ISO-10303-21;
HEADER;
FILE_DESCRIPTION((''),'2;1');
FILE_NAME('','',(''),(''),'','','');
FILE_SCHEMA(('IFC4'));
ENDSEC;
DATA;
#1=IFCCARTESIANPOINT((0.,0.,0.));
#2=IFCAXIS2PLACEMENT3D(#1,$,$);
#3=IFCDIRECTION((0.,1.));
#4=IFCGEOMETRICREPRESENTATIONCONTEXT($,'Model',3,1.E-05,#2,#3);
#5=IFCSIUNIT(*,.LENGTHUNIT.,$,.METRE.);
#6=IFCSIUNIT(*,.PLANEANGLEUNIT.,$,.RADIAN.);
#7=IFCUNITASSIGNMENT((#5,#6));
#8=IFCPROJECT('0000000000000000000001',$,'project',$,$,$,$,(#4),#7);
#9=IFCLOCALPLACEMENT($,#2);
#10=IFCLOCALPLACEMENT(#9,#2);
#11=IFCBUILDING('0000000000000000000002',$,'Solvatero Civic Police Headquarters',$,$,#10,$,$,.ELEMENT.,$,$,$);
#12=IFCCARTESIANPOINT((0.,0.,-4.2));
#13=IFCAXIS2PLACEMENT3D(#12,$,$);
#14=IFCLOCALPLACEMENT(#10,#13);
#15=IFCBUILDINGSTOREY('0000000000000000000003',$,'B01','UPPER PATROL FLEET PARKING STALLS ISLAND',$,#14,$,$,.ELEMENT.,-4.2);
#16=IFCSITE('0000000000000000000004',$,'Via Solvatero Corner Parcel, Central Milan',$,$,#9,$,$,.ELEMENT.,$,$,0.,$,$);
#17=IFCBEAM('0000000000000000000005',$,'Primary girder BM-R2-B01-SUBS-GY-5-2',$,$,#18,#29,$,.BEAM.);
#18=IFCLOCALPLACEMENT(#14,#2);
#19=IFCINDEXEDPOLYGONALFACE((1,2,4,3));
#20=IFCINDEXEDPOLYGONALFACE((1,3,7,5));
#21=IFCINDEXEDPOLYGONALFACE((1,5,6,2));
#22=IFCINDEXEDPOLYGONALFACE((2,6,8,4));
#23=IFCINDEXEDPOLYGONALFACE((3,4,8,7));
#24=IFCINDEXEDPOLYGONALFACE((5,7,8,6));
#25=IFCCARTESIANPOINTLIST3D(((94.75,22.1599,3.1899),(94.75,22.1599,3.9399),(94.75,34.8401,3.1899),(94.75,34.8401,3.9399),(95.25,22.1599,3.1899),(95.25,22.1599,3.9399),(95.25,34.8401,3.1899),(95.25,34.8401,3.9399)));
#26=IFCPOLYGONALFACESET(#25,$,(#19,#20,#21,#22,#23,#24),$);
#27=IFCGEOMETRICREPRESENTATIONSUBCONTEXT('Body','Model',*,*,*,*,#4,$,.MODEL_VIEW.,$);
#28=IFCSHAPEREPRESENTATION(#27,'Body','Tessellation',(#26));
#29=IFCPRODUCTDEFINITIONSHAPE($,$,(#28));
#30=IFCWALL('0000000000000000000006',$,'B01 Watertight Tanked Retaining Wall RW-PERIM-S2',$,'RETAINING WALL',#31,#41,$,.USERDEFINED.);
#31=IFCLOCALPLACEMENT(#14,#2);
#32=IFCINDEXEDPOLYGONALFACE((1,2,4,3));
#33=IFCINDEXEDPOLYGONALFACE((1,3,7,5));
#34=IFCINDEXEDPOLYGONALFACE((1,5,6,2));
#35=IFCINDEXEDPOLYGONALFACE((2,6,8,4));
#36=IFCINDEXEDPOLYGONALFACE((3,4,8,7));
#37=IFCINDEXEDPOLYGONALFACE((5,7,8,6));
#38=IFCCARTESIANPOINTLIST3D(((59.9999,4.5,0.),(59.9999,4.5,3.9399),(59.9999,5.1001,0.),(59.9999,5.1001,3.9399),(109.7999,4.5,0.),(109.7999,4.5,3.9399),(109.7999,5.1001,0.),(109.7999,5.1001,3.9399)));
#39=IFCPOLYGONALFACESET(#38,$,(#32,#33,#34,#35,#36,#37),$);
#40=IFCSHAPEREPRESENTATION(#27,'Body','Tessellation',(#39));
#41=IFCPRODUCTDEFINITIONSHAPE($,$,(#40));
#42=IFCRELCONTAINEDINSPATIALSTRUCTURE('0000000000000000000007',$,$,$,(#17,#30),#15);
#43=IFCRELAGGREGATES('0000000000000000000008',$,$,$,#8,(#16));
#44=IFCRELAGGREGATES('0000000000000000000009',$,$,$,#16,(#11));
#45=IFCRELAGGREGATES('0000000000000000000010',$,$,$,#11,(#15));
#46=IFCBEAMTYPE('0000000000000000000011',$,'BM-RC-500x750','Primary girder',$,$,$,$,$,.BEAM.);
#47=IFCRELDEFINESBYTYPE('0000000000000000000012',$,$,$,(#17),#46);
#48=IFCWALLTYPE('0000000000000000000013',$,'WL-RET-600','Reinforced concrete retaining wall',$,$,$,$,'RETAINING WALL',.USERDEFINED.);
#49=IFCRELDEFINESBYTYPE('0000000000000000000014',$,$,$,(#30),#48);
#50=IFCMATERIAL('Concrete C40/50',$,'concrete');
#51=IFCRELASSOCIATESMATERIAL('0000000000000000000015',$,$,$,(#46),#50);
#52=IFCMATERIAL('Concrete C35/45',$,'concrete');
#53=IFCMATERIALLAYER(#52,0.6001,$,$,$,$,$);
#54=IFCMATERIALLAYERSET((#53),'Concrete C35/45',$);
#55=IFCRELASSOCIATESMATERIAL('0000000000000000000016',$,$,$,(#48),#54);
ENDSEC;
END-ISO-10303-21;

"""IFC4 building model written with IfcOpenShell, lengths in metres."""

from ifc_helpers import new_model, si_unit, direction, frame, frame_2d, origin, origin_2d, place, context, subcontext, project, spatial, rectangle, extrude, material, layer, layer_set, material_profile, profile_set, type_object, element, save


model = new_model("IFC4")

# Units and contexts
model_context = context("Model", 3, precision=1e-05, world=origin(), true_north=direction((0.0, 1.0)))
body_context = subcontext(model_context, "Body", "Model", "MODEL_VIEW")
ifc_project = project(units=[si_unit("LENGTHUNIT", "METRE"), si_unit("PLANEANGLEUNIT", "RADIAN")], contexts=[model_context])

# Site, building, storey
site_placement = place(None, origin())
site = spatial("IfcSite", under=ifc_project, at=site_placement, Name="Via Solvatero Corner Parcel, Central Milan", CompositionType="ELEMENT", RefElevation=0.0)
building_placement = place(site_placement, origin())
building = spatial("IfcBuilding", under=site, at=building_placement, Name="Solvatero Civic Police Headquarters", CompositionType="ELEMENT")
storey_placement = place(building_placement, frame((0.0, 0.0, -4.2)))
storey = spatial("IfcBuildingStorey", under=building, at=storey_placement, Name="B01", Description="UPPER PATROL FLEET PARKING STALLS ISLAND", CompositionType="ELEMENT", Elevation=-4.2)

# Shared definitions
ifc_material_1 = material(Name="Concrete C40/50", Category="concrete")

# Beam
ifc_material_profile_1 = material_profile(ifc_material_1, rectangle(XDim=0.5, YDim=0.75, at=origin_2d()), Name="RC 500x750")
ifc_profile_set_1 = profile_set([ifc_material_profile_1], Name="Concrete C40/50")
beam_type_1 = type_object("IfcBeamType", Name="BM-RC-500x750", Description="Primary girder", PredefinedType="BEAM", material=ifc_profile_set_1)
beam_1_placement = place(storey_placement, frame((95.0, 22.1599, 3.5649), z_axis=(0.0, 1.0, 0.0), x_axis=(-1.0, 0.0, 0.0)))
element("IfcBeam", 1, at=beam_1_placement, inside=storey, type_object=beam_type_1, Name="Primary girder BM-R2-B01-SUBS-GY-5-2", PredefinedType="BEAM", context=body_context, shape_type="SweptSolid", body=[
    extrude(rectangle(XDim=0.5, YDim=0.75, at=origin_2d()), origin(), (0.0, 0.0, 1.0), 12.6802),
])

# Wall
ifc_material_2 = material(Name="Concrete C35/45", Category="concrete")
ifc_layer = layer(ifc_material_2, 0.6001)
ifc_layer_set = layer_set([ifc_layer], Name="Concrete C35/45")
wall_type = type_object("IfcWallType", Name="WL-RET-600", Description="Reinforced concrete retaining wall", ElementType="RETAINING WALL", PredefinedType="USERDEFINED", material=ifc_layer_set)
wall_placement = place(storey_placement, frame((60.0, 4.8, 0.0), z_axis=(0.0, 0.0, 1.0), x_axis=(1.0, 0.0, 0.0)))
element("IfcWall", 2, at=wall_placement, inside=storey, type_object=wall_type, Name="B01 Watertight Tanked Retaining Wall RW-PERIM-S2", ObjectType="RETAINING WALL", PredefinedType="USERDEFINED", context=body_context, shape_type="SweptSolid", body=[
    extrude(rectangle(XDim=49.8, YDim=0.6001, at=frame_2d((24.8999, 0.0))), origin(), (0.0, 0.0, 1.0), 3.9399),
])

save(model, "model.ifc")
